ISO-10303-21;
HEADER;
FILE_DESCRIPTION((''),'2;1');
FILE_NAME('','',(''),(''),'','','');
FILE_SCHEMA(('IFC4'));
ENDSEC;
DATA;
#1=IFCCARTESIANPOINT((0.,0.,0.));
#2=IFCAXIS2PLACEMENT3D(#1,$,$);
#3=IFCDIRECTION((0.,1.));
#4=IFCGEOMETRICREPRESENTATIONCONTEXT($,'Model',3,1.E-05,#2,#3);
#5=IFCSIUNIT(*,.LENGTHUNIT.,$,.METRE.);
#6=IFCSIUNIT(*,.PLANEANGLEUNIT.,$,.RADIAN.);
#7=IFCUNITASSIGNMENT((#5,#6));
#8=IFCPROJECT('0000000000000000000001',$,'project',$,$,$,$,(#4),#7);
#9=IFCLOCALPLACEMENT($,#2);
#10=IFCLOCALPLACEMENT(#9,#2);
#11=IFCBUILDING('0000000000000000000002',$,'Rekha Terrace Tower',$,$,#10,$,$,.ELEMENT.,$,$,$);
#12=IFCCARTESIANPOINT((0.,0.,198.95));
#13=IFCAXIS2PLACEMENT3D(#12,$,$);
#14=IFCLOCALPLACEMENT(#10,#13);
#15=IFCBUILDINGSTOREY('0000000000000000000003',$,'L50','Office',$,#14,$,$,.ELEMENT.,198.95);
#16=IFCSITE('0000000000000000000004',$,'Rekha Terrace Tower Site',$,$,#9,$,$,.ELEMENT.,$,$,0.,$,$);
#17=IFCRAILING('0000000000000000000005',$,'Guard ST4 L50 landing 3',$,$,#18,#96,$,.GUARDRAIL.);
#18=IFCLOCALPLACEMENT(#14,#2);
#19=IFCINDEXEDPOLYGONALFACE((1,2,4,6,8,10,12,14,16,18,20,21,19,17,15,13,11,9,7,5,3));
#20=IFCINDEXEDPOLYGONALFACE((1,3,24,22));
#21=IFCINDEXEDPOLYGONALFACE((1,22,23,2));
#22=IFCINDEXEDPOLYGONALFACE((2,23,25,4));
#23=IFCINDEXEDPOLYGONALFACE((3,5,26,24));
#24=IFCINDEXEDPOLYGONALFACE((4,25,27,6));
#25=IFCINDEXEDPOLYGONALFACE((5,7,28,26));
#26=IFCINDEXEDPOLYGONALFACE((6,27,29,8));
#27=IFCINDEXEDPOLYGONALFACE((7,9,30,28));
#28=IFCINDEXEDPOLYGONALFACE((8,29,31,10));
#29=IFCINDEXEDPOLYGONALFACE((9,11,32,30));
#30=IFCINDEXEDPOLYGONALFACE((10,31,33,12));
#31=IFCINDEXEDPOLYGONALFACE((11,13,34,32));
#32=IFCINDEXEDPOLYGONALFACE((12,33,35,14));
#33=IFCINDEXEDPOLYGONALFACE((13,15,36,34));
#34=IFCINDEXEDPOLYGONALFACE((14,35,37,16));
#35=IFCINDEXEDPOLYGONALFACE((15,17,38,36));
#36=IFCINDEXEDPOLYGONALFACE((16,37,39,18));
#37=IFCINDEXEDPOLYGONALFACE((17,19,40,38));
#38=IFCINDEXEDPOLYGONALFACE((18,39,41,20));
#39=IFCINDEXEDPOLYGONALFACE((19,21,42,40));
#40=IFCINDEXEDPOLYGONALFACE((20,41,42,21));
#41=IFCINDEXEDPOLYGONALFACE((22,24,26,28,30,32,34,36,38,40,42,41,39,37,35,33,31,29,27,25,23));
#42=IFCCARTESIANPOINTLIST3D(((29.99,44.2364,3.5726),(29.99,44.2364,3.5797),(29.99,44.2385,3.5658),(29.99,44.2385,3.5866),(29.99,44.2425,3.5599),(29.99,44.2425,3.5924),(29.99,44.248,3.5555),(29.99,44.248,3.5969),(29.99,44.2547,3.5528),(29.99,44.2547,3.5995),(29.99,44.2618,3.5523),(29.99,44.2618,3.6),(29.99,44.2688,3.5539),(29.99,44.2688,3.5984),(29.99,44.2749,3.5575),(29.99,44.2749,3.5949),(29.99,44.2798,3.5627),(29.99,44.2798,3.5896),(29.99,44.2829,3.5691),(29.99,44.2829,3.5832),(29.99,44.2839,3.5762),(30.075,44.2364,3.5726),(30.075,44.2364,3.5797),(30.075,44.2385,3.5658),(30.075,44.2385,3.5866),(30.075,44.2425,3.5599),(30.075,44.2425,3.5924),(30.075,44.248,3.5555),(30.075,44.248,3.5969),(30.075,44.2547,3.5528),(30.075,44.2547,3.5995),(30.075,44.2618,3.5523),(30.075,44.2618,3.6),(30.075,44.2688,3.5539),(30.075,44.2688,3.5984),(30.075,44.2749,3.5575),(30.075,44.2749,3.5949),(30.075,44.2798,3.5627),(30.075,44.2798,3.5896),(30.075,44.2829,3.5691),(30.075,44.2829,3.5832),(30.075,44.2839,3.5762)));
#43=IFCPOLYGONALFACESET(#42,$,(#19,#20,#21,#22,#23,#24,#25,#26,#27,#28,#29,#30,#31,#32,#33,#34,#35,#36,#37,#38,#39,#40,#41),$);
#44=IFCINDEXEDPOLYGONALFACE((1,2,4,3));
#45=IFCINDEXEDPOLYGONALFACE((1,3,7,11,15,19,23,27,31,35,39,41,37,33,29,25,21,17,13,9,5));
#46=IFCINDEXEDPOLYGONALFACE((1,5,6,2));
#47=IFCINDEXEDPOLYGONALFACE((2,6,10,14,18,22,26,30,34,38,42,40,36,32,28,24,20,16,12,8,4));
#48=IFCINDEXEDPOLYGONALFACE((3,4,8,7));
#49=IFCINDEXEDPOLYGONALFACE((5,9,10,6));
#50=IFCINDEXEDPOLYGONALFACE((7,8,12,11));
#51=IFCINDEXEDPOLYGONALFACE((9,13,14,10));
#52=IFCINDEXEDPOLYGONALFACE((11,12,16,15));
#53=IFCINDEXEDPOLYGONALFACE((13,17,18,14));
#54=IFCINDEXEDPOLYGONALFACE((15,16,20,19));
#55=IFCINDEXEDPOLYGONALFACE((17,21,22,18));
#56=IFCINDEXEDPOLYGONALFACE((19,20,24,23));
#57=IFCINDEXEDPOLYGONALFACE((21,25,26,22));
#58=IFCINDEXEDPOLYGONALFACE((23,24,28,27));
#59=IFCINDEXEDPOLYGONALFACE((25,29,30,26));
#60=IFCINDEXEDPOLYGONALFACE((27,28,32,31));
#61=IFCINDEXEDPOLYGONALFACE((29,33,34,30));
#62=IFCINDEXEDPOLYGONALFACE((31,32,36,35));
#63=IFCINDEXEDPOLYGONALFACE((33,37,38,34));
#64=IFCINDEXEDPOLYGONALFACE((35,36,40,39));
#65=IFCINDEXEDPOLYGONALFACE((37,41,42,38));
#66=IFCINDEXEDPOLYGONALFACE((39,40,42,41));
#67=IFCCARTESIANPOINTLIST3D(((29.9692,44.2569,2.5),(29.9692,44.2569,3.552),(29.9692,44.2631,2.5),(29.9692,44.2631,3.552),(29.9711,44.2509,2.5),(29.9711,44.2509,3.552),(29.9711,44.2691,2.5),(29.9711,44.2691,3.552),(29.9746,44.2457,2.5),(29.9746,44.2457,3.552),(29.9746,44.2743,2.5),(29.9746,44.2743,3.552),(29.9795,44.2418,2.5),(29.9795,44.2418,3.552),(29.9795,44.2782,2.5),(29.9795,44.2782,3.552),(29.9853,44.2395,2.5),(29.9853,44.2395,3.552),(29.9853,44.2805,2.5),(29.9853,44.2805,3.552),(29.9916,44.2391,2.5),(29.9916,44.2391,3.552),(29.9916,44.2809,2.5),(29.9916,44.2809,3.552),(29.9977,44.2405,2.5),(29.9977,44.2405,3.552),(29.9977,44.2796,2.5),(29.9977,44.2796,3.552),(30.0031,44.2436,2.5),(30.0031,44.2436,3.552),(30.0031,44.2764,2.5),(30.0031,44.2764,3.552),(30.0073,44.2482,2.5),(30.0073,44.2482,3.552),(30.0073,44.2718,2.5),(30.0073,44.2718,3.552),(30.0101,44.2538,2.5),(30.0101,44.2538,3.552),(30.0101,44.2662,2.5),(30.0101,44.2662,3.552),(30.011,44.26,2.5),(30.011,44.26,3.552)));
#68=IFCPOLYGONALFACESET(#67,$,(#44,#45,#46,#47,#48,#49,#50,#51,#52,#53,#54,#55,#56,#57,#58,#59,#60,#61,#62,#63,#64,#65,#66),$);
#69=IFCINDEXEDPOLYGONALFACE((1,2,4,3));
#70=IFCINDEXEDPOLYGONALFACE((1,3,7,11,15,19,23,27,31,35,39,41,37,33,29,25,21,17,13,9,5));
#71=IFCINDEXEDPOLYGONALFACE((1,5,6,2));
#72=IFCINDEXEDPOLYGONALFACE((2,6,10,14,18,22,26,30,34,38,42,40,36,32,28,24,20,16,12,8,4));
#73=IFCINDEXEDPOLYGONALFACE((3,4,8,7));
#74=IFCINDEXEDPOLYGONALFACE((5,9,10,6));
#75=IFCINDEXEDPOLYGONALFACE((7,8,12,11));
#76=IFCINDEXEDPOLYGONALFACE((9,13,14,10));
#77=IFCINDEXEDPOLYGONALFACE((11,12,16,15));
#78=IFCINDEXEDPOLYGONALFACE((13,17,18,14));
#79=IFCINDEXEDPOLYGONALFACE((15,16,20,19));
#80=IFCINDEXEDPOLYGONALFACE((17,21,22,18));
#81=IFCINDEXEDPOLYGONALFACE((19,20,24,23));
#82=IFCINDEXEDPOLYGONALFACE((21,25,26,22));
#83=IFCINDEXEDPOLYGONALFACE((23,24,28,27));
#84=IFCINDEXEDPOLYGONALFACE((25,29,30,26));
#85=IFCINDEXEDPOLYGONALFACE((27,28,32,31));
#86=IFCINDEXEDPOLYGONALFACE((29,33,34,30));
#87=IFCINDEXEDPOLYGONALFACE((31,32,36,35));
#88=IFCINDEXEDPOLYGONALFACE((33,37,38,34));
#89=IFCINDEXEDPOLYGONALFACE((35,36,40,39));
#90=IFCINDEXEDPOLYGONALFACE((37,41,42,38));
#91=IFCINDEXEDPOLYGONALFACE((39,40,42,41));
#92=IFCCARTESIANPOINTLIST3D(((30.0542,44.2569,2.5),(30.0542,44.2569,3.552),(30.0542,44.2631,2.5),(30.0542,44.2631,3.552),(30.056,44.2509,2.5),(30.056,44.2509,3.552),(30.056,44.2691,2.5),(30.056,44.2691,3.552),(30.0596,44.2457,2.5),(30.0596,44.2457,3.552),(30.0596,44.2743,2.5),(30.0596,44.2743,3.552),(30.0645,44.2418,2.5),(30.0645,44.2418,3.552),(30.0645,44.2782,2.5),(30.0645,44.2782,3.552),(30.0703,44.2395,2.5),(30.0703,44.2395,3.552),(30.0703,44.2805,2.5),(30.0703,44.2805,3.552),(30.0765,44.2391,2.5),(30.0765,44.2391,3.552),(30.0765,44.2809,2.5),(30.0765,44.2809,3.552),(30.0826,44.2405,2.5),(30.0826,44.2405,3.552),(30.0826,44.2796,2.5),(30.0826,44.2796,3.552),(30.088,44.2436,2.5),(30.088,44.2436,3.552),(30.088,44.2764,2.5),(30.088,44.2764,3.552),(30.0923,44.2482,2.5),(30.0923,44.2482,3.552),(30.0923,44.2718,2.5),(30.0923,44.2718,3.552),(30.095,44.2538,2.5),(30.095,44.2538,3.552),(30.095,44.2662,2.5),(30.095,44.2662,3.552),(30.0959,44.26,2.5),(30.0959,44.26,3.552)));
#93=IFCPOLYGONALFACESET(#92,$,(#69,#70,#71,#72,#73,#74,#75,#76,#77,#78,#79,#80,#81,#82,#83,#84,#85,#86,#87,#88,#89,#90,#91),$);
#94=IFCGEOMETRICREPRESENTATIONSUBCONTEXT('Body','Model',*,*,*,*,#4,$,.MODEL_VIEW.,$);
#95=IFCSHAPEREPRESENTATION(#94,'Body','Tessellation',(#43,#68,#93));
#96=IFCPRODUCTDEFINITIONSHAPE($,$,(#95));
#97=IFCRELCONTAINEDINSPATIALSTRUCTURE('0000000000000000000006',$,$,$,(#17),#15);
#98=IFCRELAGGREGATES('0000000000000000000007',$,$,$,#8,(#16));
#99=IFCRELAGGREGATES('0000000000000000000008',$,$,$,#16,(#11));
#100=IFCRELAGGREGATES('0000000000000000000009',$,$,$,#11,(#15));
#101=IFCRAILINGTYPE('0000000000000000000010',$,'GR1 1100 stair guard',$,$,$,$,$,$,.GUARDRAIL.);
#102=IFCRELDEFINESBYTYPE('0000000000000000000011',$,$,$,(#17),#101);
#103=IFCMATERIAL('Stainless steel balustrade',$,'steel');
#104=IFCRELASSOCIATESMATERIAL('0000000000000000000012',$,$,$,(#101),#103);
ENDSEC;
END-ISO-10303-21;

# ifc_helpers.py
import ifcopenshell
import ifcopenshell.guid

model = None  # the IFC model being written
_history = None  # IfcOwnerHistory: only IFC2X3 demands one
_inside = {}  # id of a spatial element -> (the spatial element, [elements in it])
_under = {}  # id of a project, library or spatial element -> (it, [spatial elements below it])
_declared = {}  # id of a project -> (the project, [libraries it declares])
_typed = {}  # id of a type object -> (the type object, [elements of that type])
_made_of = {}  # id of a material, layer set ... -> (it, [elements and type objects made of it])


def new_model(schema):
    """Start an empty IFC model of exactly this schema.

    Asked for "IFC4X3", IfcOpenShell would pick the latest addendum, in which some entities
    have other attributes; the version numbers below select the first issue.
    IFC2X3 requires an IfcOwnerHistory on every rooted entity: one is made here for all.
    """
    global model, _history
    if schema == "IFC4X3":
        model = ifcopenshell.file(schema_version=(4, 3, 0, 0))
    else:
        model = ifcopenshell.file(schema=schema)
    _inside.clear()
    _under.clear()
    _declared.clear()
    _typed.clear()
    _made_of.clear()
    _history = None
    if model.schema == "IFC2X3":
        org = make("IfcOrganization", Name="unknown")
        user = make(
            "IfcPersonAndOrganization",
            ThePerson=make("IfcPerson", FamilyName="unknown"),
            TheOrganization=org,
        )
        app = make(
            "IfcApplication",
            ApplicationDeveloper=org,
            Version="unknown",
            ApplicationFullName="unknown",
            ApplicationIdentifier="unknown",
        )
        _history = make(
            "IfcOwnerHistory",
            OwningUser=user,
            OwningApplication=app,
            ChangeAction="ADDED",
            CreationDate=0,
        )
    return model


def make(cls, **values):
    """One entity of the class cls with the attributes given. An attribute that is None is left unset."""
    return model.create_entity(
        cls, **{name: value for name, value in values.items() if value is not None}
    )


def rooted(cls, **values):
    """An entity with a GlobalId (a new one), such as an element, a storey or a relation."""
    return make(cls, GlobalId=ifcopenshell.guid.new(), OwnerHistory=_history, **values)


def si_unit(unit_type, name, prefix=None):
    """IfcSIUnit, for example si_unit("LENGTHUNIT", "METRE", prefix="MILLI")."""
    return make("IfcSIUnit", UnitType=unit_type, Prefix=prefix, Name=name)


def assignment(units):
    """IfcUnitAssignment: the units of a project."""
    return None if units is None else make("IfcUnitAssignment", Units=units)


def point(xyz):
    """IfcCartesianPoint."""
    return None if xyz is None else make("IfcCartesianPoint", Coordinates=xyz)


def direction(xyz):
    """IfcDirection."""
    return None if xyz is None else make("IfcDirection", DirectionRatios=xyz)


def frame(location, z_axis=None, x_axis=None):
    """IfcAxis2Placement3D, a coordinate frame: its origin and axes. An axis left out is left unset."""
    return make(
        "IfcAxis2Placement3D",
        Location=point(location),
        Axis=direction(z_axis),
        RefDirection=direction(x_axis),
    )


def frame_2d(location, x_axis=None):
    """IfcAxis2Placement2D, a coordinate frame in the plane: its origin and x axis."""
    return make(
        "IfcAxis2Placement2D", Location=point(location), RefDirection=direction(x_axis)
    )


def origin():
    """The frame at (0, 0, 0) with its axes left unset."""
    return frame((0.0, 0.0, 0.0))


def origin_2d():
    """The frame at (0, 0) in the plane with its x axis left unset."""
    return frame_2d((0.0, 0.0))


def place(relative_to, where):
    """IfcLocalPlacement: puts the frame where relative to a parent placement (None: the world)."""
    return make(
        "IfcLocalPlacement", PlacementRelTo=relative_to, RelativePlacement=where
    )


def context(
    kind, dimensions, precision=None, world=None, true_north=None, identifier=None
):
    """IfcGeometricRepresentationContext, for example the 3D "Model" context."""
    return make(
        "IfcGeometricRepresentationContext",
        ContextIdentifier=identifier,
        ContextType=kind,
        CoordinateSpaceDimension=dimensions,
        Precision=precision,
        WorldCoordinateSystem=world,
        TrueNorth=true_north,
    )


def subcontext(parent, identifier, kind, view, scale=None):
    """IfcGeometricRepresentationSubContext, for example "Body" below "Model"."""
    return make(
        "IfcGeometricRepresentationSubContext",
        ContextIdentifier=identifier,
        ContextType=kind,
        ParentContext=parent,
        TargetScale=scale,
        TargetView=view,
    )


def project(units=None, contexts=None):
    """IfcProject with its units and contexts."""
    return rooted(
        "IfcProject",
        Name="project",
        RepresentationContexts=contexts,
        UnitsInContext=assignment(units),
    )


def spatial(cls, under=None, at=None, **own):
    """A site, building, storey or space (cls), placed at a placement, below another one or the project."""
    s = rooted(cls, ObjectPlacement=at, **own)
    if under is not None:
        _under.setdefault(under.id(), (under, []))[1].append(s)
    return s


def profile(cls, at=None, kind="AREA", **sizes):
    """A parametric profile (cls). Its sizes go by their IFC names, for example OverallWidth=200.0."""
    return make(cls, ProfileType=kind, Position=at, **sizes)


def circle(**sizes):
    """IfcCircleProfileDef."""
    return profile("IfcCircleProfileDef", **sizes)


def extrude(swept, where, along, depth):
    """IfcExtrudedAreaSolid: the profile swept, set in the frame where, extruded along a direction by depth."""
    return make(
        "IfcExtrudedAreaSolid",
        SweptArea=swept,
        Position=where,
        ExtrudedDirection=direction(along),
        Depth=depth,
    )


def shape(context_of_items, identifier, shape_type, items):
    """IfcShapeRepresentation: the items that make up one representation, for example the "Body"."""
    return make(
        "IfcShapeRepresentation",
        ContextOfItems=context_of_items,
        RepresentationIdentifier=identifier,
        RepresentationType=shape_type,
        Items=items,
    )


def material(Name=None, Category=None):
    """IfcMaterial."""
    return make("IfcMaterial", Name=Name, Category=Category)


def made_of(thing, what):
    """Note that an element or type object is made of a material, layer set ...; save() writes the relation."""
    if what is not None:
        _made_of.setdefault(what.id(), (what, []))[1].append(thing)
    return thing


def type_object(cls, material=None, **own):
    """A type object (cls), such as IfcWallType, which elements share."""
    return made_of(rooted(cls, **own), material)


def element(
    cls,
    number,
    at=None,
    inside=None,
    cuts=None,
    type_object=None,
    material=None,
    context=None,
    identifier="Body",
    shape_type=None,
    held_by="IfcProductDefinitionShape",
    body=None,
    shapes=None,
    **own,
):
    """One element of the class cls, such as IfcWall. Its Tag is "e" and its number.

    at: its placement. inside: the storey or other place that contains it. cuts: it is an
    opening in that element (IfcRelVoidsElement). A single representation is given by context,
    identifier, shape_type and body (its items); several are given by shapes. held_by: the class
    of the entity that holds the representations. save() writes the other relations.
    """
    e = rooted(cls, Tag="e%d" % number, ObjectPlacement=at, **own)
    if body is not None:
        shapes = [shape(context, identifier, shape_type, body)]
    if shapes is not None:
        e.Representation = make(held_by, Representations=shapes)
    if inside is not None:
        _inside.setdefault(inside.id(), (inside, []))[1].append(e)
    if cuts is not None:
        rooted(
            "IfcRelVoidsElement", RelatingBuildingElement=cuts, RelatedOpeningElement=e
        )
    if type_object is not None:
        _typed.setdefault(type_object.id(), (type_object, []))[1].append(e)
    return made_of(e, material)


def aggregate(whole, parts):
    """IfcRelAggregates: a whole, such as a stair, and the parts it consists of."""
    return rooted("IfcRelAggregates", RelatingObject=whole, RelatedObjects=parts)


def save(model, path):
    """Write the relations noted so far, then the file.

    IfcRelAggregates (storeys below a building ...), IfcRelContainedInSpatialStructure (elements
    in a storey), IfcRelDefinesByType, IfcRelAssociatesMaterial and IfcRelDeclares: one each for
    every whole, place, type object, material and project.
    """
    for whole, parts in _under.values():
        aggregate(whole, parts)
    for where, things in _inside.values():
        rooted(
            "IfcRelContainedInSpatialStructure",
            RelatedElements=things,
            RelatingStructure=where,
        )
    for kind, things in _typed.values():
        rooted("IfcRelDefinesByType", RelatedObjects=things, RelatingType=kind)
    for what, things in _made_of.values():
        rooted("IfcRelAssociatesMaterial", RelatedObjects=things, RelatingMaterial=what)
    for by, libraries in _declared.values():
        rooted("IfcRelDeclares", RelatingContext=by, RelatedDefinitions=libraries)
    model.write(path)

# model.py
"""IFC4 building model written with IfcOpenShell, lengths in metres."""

from ifc_helpers import new_model, si_unit, direction, frame, origin, origin_2d, place, context, subcontext, project, spatial, circle, extrude, material, type_object, element, save


model = new_model("IFC4")

# Units and contexts
model_context = context("Model", 3, precision=1e-05, world=origin(), true_north=direction((0.0, 1.0)))
body_context = subcontext(model_context, "Body", "Model", "MODEL_VIEW")
ifc_project = project(units=[si_unit("LENGTHUNIT", "METRE"), si_unit("PLANEANGLEUNIT", "RADIAN")], contexts=[model_context])

# Site, building, storey
site_placement = place(None, origin())
site = spatial("IfcSite", under=ifc_project, at=site_placement, Name="Rekha Terrace Tower Site", CompositionType="ELEMENT", RefElevation=0.0)
building_placement = place(site_placement, origin())
building = spatial("IfcBuilding", under=site, at=building_placement, Name="Rekha Terrace Tower", CompositionType="ELEMENT")
storey_placement = place(building_placement, frame((0.0, 0.0, 198.95)))
storey = spatial("IfcBuildingStorey", under=building, at=storey_placement, Name="L50", Description="Office", CompositionType="ELEMENT", Elevation=198.95)

# Railing
ifc_material_1 = material(Name="Stainless steel balustrade", Category="steel")
railing_type_1 = type_object("IfcRailingType", Name="GR1 1100 stair guard", PredefinedType="GUARDRAIL", material=ifc_material_1)
railing_1_placement = place(storey_placement, frame((29.99, 44.26, 2.5)))
element("IfcRailing", 1, at=railing_1_placement, inside=storey, type_object=railing_type_1, Name="Guard ST4 L50 landing 3", PredefinedType="GUARDRAIL", context=body_context, shape_type="SweptSolid", body=[
    extrude(circle(Radius=0.0239, at=origin_2d()), frame((0.0, 0.0, 1.0762), z_axis=(1.0, 0.0, 0.0), x_axis=(0.0, 1.0, 0.0)), (0.0, 0.0, 1.0), 0.085),
    extrude(circle(Radius=0.021, at=origin_2d()), origin(), (0.0, 0.0, 1.0), 1.052),
    extrude(circle(Radius=0.021, at=origin_2d()), frame((0.085, 0.0, 0.0)), (0.0, 0.0, 1.0), 1.052),
])

save(model, "model.ifc")
